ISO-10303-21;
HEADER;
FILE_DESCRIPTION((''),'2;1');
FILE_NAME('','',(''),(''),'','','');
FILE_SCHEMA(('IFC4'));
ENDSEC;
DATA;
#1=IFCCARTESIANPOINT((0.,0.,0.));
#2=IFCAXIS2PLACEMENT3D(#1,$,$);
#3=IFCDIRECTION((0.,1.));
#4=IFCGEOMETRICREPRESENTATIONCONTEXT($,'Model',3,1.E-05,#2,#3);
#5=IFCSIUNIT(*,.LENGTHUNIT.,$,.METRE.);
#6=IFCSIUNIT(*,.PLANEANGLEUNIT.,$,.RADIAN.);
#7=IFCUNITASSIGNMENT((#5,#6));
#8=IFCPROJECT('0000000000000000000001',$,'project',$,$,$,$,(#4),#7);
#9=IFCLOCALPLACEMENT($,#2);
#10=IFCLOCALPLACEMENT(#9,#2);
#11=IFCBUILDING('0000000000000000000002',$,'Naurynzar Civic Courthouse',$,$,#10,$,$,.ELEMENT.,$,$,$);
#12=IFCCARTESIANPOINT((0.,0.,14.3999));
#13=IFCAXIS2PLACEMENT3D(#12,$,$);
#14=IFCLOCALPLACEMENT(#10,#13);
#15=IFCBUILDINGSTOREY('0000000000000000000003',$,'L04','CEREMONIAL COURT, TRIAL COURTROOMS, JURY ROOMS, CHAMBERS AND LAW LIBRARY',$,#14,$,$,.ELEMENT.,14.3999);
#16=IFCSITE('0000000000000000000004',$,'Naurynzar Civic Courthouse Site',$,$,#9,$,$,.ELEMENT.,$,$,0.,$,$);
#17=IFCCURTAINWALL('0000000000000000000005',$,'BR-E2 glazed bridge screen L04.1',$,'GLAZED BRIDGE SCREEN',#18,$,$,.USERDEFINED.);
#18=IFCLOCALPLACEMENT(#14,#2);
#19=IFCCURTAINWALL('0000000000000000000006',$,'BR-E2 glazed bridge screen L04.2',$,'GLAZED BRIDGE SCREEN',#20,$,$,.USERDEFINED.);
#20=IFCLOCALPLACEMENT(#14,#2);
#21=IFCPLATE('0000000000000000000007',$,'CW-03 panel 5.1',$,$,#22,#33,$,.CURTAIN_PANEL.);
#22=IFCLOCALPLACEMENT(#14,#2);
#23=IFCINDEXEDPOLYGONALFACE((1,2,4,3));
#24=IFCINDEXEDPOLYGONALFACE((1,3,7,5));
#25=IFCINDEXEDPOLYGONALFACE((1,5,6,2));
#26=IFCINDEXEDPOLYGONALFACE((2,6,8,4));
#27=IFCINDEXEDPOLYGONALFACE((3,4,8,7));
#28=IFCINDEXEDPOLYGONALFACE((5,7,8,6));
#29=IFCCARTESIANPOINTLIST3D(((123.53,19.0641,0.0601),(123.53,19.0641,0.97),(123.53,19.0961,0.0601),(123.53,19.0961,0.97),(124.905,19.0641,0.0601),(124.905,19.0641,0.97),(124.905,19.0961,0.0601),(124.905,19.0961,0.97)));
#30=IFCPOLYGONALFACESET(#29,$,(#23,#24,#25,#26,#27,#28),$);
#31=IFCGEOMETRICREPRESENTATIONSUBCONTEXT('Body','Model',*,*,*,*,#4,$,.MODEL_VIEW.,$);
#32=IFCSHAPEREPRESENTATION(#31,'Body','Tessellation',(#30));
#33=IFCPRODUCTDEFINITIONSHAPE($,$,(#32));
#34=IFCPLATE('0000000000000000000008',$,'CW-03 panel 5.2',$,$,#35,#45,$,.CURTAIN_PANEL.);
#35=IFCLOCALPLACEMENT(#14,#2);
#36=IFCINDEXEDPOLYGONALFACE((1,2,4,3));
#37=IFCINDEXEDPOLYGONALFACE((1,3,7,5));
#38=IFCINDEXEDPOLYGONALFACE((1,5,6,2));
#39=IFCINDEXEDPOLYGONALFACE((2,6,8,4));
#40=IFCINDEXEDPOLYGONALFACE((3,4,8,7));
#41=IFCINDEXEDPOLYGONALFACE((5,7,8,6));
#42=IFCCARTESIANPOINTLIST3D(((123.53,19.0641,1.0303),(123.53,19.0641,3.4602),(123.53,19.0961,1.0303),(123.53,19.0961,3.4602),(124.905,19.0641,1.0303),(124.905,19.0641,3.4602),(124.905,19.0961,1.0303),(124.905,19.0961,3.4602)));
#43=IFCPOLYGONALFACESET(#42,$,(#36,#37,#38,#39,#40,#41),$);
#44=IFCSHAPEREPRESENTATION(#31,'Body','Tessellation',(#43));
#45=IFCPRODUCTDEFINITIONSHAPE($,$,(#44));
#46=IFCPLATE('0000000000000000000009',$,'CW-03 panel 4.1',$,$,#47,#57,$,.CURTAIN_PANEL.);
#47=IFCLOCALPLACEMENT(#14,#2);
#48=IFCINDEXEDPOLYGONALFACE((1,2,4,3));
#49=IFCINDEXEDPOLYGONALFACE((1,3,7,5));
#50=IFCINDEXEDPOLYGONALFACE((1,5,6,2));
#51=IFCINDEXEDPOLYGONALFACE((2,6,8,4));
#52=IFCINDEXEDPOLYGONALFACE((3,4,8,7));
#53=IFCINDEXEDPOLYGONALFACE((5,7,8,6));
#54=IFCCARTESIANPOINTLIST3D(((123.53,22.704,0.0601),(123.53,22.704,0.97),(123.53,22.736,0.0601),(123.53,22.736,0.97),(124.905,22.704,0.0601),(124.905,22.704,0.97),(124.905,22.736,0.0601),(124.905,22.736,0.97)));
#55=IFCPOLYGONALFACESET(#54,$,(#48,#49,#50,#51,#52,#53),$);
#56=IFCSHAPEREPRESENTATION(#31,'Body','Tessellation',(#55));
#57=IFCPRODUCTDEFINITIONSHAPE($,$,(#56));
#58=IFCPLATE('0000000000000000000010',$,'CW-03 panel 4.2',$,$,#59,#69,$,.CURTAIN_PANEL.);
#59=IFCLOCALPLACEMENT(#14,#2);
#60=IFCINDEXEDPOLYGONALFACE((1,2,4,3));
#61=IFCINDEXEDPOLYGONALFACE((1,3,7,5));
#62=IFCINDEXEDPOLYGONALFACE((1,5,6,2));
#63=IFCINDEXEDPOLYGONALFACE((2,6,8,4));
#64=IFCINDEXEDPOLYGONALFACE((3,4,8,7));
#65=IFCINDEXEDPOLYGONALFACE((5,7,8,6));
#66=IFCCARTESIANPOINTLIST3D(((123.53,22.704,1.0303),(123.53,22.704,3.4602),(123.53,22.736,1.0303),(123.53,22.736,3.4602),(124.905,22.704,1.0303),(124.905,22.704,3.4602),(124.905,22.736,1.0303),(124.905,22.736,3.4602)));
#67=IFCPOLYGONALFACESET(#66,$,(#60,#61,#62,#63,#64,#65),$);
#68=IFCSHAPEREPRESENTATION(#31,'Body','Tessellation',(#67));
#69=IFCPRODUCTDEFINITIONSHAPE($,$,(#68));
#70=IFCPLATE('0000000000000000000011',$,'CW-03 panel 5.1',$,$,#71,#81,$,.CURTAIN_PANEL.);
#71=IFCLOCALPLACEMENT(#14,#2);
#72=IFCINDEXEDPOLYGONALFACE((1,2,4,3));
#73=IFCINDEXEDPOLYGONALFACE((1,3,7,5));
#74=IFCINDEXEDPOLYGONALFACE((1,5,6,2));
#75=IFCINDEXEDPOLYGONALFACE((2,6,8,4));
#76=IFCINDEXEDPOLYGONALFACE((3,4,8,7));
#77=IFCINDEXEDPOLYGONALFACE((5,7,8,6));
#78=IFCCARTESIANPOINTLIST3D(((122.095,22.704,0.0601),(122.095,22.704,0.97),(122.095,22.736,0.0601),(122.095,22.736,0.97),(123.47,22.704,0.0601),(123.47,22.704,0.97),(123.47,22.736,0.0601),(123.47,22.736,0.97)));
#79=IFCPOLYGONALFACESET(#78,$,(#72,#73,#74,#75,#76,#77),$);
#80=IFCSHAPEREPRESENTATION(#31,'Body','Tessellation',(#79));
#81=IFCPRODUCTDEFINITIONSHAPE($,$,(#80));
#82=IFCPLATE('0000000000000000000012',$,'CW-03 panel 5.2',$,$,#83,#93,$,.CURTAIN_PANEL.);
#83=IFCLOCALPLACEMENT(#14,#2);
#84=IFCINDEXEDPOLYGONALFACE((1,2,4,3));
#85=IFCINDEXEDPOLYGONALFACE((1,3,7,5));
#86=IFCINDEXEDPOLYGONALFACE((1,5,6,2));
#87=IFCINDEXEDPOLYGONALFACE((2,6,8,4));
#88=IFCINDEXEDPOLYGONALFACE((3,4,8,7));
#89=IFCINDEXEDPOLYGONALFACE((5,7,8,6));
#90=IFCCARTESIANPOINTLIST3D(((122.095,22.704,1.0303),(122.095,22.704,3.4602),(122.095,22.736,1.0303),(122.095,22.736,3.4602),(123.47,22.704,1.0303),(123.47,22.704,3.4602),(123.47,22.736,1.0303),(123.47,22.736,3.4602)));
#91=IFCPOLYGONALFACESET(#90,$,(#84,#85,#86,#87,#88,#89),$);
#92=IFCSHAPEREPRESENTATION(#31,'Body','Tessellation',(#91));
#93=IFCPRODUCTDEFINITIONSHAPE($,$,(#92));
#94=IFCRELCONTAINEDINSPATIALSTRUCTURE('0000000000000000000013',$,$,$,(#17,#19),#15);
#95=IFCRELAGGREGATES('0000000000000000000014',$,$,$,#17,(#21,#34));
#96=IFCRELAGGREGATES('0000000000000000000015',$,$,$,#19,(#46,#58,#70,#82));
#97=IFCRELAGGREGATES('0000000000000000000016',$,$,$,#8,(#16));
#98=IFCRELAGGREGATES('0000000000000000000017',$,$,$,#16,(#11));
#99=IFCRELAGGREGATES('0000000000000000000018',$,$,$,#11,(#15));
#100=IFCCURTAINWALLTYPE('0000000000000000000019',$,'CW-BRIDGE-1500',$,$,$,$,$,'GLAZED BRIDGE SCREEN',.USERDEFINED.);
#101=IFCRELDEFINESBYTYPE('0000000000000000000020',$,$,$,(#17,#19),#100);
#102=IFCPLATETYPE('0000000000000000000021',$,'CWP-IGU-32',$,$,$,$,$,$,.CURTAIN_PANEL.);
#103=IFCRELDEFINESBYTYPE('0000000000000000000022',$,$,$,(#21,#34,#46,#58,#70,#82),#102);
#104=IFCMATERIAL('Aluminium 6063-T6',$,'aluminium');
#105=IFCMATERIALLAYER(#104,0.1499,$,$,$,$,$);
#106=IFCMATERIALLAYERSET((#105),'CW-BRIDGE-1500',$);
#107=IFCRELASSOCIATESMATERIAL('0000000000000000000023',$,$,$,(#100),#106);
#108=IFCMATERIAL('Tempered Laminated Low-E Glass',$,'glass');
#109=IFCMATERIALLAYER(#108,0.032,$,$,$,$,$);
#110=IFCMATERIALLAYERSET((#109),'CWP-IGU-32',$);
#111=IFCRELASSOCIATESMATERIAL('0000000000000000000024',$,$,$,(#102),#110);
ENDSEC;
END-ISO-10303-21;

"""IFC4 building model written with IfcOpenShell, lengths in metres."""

from ifc_helpers import new_model, si_unit, direction, frame, origin, origin_2d, place, context, subcontext, project, spatial, rectangle, extrude, material, layer, layer_set, type_object, element, aggregate, save


model = new_model("IFC4")

# Units and contexts
model_context = context("Model", 3, precision=1e-05, world=origin(), true_north=direction((0.0, 1.0)))
body_context = subcontext(model_context, "Body", "Model", "MODEL_VIEW")
ifc_project = project(units=[si_unit("LENGTHUNIT", "METRE"), si_unit("PLANEANGLEUNIT", "RADIAN")], contexts=[model_context])

# Site, building, storey
site_placement = place(None, origin())
site = spatial("IfcSite", under=ifc_project, at=site_placement, Name="Naurynzar Civic Courthouse Site", CompositionType="ELEMENT", RefElevation=0.0)
building_placement = place(site_placement, origin())
building = spatial("IfcBuilding", under=site, at=building_placement, Name="Naurynzar Civic Courthouse", CompositionType="ELEMENT")
storey_placement = place(building_placement, frame((0.0, 0.0, 14.3999)))
storey = spatial("IfcBuildingStorey", under=building, at=storey_placement, Name="L04", Description="CEREMONIAL COURT, TRIAL COURTROOMS, JURY ROOMS, CHAMBERS AND LAW LIBRARY", CompositionType="ELEMENT", Elevation=14.3999)

# Curtain walls
ifc_material_1 = material(Name="Aluminium 6063-T6", Category="aluminium")
ifc_layer_1 = layer(ifc_material_1, 0.1499)
ifc_layer_set_1 = layer_set([ifc_layer_1], Name="CW-BRIDGE-1500")
curtain_wall_type = type_object("IfcCurtainWallType", Name="CW-BRIDGE-1500", ElementType="GLAZED BRIDGE SCREEN", PredefinedType="USERDEFINED", material=ifc_layer_set_1)
curtain_wall_1_placement = place(storey_placement, origin())
curtain_wall_1 = element("IfcCurtainWall", 1, at=curtain_wall_1_placement, inside=storey, type_object=curtain_wall_type, Name="BR-E2 glazed bridge screen L04.1", ObjectType="GLAZED BRIDGE SCREEN", PredefinedType="USERDEFINED")
curtain_wall_2_placement = place(storey_placement, origin())
curtain_wall_2 = element("IfcCurtainWall", 2, at=curtain_wall_2_placement, inside=storey, type_object=curtain_wall_type, Name="BR-E2 glazed bridge screen L04.2", ObjectType="GLAZED BRIDGE SCREEN", PredefinedType="USERDEFINED")

# Plates
ifc_material_2 = material(Name="Tempered Laminated Low-E Glass", Category="glass")
ifc_layer_2 = layer(ifc_material_2, 0.032)
ifc_layer_set_2 = layer_set([ifc_layer_2], Name="CWP-IGU-32")
plate_type = type_object("IfcPlateType", Name="CWP-IGU-32", PredefinedType="CURTAIN_PANEL", material=ifc_layer_set_2)
plate_1_placement = place(storey_placement, frame((124.2175, 19.0801, 0.0601), z_axis=(0.0, 0.0, 1.0), x_axis=(1.0, 0.0, 0.0)))
plate_1 = element("IfcPlate", 3, at=plate_1_placement, type_object=plate_type, Name="CW-03 panel 5.1", PredefinedType="CURTAIN_PANEL", context=body_context, shape_type="SweptSolid", body=[
    extrude(rectangle(XDim=1.375, YDim=0.032, at=origin_2d()), origin(), (0.0, 0.0, 1.0), 0.9099),
])
plate_2_placement = place(storey_placement, frame((124.2175, 19.0801, 1.0303), z_axis=(0.0, 0.0, 1.0), x_axis=(1.0, 0.0, 0.0)))
plate_2 = element("IfcPlate", 4, at=plate_2_placement, type_object=plate_type, Name="CW-03 panel 5.2", PredefinedType="CURTAIN_PANEL", context=body_context, shape_type="SweptSolid", body=[
    extrude(rectangle(XDim=1.375, YDim=0.032, at=origin_2d()), origin(), (0.0, 0.0, 1.0), 2.4299),
])
aggregate(curtain_wall_1, [plate_1, plate_2])
plate_3_placement = place(storey_placement, frame((124.2175, 22.72, 0.0601), z_axis=(0.0, 0.0, 1.0), x_axis=(-1.0, 0.0, 0.0)))
plate_3 = element("IfcPlate", 5, at=plate_3_placement, type_object=plate_type, Name="CW-03 panel 4.1", PredefinedType="CURTAIN_PANEL", context=body_context, shape_type="SweptSolid", body=[
    extrude(rectangle(XDim=1.375, YDim=0.032, at=origin_2d()), origin(), (0.0, 0.0, 1.0), 0.9099),
])
plate_4_placement = place(storey_placement, frame((124.2175, 22.72, 1.0303), z_axis=(0.0, 0.0, 1.0), x_axis=(-1.0, 0.0, 0.0)))
plate_4 = element("IfcPlate", 6, at=plate_4_placement, type_object=plate_type, Name="CW-03 panel 4.2", PredefinedType="CURTAIN_PANEL", context=body_context, shape_type="SweptSolid", body=[
    extrude(rectangle(XDim=1.375, YDim=0.032, at=origin_2d()), origin(), (0.0, 0.0, 1.0), 2.4299),
])
plate_5_placement = place(storey_placement, frame((122.7825, 22.72, 0.0601), z_axis=(0.0, 0.0, 1.0), x_axis=(-1.0, 0.0, 0.0)))
plate_5 = element("IfcPlate", 7, at=plate_5_placement, type_object=plate_type, Name="CW-03 panel 5.1", PredefinedType="CURTAIN_PANEL", context=body_context, shape_type="SweptSolid", body=[
    extrude(rectangle(XDim=1.375, YDim=0.032, at=origin_2d()), origin(), (0.0, 0.0, 1.0), 0.9099),
])
plate_6_placement = place(storey_placement, frame((122.7825, 22.72, 1.0303), z_axis=(0.0, 0.0, 1.0), x_axis=(-1.0, 0.0, 0.0)))
plate_6 = element("IfcPlate", 8, at=plate_6_placement, type_object=plate_type, Name="CW-03 panel 5.2", PredefinedType="CURTAIN_PANEL", context=body_context, shape_type="SweptSolid", body=[
    extrude(rectangle(XDim=1.375, YDim=0.032, at=origin_2d()), origin(), (0.0, 0.0, 1.0), 2.4299),
])
aggregate(curtain_wall_2, [plate_3, plate_4, plate_5, plate_6])

save(model, "model.ifc")
